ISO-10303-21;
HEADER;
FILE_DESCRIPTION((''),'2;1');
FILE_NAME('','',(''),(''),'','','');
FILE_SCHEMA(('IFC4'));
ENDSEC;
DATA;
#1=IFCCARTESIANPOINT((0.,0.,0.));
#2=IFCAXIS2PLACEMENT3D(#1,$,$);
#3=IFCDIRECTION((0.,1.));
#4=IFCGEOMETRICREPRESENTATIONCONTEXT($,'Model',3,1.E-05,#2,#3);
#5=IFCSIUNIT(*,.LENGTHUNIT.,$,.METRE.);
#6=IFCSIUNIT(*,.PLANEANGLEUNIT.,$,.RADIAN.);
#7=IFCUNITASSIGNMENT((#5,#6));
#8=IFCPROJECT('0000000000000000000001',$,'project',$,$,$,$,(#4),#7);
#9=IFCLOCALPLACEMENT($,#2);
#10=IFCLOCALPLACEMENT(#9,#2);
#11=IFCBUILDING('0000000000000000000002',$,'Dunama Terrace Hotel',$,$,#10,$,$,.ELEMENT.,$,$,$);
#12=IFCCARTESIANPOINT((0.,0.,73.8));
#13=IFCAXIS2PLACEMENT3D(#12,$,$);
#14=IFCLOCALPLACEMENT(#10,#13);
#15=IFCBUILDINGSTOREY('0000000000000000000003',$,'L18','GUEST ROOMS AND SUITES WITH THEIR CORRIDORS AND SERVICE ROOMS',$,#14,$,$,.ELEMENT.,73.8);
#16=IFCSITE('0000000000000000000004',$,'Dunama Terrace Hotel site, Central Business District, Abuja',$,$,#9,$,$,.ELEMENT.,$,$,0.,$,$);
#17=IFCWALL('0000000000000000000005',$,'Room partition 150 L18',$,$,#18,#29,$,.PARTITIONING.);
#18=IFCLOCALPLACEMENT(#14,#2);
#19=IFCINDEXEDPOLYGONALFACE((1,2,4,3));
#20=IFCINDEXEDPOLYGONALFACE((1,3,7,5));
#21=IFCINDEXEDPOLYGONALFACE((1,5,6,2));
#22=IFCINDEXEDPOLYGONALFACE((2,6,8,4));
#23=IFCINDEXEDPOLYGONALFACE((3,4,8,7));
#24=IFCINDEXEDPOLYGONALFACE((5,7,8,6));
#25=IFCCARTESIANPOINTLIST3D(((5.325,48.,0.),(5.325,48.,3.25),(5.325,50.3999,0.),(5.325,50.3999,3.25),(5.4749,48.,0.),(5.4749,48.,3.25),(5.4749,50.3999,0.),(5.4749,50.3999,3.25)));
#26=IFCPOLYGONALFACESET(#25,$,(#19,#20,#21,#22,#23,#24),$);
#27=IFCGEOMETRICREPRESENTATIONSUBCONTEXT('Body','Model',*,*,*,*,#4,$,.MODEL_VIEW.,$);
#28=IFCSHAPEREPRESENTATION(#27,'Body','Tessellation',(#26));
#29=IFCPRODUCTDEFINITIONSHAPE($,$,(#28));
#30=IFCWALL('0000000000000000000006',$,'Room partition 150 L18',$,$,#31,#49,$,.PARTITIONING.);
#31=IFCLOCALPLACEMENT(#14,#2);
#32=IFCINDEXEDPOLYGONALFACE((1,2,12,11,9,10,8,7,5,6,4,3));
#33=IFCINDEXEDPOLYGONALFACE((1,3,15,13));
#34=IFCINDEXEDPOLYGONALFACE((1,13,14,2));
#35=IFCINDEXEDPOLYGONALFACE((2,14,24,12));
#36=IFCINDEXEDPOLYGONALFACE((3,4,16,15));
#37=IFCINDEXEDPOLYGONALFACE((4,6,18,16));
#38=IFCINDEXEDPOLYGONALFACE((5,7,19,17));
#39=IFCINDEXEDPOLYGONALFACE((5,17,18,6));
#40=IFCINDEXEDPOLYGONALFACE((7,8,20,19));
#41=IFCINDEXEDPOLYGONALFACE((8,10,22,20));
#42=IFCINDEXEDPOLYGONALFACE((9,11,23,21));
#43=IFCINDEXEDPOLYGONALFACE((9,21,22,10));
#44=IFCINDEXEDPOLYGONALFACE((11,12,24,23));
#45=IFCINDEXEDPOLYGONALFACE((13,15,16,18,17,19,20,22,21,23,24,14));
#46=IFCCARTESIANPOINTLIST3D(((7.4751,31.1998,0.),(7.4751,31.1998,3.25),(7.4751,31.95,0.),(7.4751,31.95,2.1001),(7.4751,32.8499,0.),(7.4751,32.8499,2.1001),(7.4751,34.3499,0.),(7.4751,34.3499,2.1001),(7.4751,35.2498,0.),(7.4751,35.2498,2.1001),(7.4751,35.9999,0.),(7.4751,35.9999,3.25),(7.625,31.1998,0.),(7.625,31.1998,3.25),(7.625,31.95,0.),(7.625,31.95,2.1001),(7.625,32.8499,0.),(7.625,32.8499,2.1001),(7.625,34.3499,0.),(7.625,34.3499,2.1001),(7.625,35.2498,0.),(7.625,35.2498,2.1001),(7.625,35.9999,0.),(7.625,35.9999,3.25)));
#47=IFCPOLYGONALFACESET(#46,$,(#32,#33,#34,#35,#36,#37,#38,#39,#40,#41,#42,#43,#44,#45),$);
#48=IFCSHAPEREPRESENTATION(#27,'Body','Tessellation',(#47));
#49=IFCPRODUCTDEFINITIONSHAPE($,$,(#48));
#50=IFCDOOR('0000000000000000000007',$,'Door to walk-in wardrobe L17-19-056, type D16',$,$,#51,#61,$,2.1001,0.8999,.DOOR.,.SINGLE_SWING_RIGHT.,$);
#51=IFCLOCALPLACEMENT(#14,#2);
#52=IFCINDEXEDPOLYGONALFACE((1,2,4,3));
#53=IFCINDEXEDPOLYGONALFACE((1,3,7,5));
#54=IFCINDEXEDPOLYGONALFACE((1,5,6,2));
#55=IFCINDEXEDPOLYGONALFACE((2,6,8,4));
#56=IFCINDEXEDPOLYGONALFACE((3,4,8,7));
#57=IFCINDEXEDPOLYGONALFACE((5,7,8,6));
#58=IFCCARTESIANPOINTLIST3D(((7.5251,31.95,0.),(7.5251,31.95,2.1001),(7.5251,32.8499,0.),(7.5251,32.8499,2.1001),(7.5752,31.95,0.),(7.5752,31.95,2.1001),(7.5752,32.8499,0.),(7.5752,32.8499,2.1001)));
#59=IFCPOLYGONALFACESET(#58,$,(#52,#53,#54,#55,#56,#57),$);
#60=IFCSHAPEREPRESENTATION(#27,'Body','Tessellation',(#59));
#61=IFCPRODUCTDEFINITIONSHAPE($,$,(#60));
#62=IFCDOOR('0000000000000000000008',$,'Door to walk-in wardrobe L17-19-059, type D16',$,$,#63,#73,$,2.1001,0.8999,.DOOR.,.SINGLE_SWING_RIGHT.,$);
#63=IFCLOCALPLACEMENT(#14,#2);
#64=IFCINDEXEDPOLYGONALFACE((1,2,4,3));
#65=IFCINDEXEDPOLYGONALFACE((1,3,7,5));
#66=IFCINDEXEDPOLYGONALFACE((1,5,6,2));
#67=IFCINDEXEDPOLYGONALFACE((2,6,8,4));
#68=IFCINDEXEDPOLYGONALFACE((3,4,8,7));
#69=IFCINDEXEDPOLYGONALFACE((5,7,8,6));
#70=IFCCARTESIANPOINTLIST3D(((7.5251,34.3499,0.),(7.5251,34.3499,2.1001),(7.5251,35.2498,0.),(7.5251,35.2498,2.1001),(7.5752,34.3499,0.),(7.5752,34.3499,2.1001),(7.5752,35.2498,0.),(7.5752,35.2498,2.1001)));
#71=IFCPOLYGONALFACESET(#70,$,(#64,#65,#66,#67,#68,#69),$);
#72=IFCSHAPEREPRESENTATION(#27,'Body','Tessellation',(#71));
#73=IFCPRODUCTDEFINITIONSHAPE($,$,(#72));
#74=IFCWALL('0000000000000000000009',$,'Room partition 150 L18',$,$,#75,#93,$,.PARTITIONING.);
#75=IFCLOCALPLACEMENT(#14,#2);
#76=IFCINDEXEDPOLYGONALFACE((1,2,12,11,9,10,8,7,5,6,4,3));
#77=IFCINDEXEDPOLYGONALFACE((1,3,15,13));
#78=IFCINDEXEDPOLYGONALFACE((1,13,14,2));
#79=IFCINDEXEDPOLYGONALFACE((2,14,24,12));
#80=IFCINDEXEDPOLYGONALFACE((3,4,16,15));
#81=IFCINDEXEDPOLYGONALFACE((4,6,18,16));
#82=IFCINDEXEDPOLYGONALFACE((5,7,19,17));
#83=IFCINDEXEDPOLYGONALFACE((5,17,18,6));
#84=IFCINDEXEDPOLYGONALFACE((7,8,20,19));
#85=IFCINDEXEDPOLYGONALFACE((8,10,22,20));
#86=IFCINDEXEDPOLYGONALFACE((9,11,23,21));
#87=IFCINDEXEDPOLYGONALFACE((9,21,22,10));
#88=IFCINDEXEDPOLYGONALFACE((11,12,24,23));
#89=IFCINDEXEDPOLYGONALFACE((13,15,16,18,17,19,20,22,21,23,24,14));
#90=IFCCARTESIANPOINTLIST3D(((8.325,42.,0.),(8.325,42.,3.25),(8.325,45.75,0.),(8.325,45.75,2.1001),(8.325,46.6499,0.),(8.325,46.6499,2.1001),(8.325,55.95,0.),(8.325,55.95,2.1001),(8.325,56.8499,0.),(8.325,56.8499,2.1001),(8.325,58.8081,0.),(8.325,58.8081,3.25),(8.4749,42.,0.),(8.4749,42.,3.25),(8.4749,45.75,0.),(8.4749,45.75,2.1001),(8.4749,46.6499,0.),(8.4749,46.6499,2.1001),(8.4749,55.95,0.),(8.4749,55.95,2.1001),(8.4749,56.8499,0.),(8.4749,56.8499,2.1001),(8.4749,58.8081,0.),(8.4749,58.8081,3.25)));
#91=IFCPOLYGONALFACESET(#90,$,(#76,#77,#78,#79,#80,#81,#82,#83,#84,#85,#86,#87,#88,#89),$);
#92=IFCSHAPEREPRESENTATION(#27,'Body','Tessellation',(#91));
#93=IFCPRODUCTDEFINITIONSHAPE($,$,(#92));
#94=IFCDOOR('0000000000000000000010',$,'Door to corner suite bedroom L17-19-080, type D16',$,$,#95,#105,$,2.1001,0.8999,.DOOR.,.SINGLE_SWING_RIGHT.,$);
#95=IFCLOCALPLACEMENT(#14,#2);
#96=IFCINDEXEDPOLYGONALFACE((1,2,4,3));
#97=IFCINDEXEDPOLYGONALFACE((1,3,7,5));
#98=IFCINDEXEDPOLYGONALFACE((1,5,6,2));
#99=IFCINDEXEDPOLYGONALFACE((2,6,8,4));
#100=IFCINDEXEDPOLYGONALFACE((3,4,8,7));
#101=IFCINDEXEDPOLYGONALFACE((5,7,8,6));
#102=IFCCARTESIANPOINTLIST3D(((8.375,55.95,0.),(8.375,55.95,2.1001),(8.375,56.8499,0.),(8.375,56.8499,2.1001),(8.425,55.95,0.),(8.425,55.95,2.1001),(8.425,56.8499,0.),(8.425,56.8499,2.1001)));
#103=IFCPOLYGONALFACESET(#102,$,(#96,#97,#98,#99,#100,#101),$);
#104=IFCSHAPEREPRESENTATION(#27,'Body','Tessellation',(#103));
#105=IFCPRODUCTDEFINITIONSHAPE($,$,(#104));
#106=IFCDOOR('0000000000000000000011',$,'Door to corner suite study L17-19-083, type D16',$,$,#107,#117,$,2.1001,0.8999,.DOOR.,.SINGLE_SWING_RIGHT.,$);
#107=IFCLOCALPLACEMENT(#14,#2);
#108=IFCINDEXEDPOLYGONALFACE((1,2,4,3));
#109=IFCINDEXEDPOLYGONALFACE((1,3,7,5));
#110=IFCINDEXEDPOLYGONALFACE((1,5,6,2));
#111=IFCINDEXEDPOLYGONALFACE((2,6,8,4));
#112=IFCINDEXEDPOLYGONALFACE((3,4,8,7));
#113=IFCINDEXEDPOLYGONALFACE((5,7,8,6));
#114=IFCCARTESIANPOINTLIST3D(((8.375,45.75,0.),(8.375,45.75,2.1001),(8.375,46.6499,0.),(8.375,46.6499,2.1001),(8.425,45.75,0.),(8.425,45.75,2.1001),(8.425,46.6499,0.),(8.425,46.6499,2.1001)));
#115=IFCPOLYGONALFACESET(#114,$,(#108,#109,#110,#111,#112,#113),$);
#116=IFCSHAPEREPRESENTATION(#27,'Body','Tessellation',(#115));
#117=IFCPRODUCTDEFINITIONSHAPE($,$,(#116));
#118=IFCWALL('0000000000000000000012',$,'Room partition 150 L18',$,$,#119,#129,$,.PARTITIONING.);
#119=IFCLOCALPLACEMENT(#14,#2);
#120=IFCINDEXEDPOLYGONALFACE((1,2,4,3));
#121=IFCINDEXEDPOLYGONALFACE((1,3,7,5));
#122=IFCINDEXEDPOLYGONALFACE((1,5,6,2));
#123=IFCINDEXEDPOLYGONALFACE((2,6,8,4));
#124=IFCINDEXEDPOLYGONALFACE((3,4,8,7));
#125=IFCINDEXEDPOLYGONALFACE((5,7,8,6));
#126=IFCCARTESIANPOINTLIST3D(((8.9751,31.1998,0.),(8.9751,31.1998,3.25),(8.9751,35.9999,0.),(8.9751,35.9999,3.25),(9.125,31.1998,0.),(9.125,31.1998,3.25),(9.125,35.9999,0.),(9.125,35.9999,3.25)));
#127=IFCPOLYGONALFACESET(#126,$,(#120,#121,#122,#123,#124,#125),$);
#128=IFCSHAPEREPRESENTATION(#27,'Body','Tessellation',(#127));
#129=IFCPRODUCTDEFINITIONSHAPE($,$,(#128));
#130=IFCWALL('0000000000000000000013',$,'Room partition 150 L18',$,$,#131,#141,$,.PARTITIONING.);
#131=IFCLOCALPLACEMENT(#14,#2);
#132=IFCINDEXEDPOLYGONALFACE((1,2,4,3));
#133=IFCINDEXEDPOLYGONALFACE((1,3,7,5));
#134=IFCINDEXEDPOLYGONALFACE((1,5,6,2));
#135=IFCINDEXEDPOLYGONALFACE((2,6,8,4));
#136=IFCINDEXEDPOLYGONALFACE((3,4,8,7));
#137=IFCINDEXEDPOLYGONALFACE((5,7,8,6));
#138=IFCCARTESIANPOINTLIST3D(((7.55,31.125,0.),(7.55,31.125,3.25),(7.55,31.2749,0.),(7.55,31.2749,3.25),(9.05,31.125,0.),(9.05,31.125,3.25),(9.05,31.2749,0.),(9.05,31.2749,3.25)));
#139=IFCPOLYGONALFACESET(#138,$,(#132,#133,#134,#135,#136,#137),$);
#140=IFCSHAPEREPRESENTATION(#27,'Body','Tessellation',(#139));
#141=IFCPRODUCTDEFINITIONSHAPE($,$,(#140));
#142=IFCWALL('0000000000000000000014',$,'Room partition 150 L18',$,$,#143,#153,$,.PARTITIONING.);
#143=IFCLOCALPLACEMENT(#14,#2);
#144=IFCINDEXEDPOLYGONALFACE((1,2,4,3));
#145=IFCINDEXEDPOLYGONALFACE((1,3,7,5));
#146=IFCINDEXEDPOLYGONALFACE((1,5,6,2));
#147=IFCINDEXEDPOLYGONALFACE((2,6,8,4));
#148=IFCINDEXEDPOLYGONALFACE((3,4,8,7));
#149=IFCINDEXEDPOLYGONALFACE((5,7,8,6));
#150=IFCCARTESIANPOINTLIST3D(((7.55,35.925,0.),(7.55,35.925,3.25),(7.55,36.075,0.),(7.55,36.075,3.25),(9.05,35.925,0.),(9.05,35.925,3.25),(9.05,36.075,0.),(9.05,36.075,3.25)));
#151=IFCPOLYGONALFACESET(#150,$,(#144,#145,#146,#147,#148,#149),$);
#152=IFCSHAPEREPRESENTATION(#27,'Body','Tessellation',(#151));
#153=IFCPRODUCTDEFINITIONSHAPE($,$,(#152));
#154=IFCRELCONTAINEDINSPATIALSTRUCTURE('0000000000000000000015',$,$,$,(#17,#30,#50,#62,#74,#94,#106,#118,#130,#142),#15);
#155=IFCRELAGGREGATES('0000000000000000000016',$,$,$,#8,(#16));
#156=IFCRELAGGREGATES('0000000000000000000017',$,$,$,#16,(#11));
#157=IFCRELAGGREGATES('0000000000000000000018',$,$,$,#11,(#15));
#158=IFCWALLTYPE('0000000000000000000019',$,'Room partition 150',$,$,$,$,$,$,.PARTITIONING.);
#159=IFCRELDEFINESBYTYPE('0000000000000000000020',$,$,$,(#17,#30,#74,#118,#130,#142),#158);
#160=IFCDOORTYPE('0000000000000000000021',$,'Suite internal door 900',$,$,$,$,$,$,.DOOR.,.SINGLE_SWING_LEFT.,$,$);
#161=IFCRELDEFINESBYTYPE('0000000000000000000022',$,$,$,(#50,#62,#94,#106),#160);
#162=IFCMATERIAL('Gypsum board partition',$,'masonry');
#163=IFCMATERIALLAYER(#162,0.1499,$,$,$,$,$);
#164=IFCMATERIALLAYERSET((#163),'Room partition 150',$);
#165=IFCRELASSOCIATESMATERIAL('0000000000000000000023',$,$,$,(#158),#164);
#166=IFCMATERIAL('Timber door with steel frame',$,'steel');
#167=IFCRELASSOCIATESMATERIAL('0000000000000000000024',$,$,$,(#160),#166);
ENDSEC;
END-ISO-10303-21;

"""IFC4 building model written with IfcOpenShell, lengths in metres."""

from ifc_helpers import new_model, si_unit, direction, frame, frame_2d, origin, place, context, subcontext, project, spatial, rectangle, extrude, material, layer, layer_set, type_object, element, fill, save


model = new_model("IFC4")

# Units and contexts
model_context = context("Model", 3, precision=1e-05, world=origin(), true_north=direction((0.0, 1.0)))
body_context = subcontext(model_context, "Body", "Model", "MODEL_VIEW")
ifc_project = project(units=[si_unit("LENGTHUNIT", "METRE"), si_unit("PLANEANGLEUNIT", "RADIAN")], contexts=[model_context])

# Site, building, storey
site_placement = place(None, origin())
site = spatial("IfcSite", under=ifc_project, at=site_placement, Name="Dunama Terrace Hotel site, Central Business District, Abuja", CompositionType="ELEMENT", RefElevation=0.0)
building_placement = place(site_placement, origin())
building = spatial("IfcBuilding", under=site, at=building_placement, Name="Dunama Terrace Hotel", CompositionType="ELEMENT")
storey_placement = place(building_placement, frame((0.0, 0.0, 73.8)))
storey = spatial("IfcBuildingStorey", under=building, at=storey_placement, Name="L18", Description="GUEST ROOMS AND SUITES WITH THEIR CORRIDORS AND SERVICE ROOMS", CompositionType="ELEMENT", Elevation=73.8)

# Wall
ifc_material_1 = material(Name="Gypsum board partition", Category="masonry")
ifc_layer_1 = layer(ifc_material_1, 0.1499)
ifc_layer_set_1 = layer_set([ifc_layer_1], Name="Room partition 150")
wall_type_1 = type_object("IfcWallType", Name="Room partition 150", PredefinedType="PARTITIONING", material=ifc_layer_set_1)
wall_1_placement = place(storey_placement, frame((5.3999, 48.0, 0.0), z_axis=(0.0, 0.0, 1.0), x_axis=(0.0, 1.0, 0.0)))
element("IfcWall", 1, at=wall_1_placement, inside=storey, type_object=wall_type_1, Name="Room partition 150 L18", PredefinedType="PARTITIONING", context=body_context, shape_type="SweptSolid", body=[
    extrude(rectangle(XDim=2.3999, YDim=0.1499, at=frame_2d((1.2, 0.0))), origin(), (0.0, 0.0, 1.0), 3.25),
])

# Walls, openings, doors
wall_2_placement = place(storey_placement, frame((7.55, 31.2, 0.0), z_axis=(0.0, 0.0, 1.0), x_axis=(0.0, 1.0, 0.0)))
wall_2 = element("IfcWall", 2, at=wall_2_placement, inside=storey, type_object=wall_type_1, Name="Room partition 150 L18", PredefinedType="PARTITIONING", context=body_context, shape_type="SweptSolid", body=[
    extrude(rectangle(XDim=4.8, YDim=0.1499, at=frame_2d((2.3999, 0.0))), origin(), (0.0, 0.0, 1.0), 3.25),
])
opening_1_placement = place(wall_2_placement, frame((0.75, 0.0, 0.0)))
opening_1 = element("IfcOpeningElement", 3, at=opening_1_placement, cuts=wall_2, PredefinedType="OPENING", context=body_context, shape_type="SweptSolid", body=[
    extrude(rectangle(XDim=0.8999, YDim=2.1001, at=frame_2d((0.45, 1.05))), frame((0.0, 0.085, 0.0), z_axis=(0.0, -1.0, 0.0), x_axis=(1.0, 0.0, 0.0)), (0.0, 0.0, 1.0), 0.1699),
])
opening_2_placement = place(wall_2_placement, frame((3.1499, 0.0, 0.0)))
opening_2 = element("IfcOpeningElement", 4, at=opening_2_placement, cuts=wall_2, PredefinedType="OPENING", context=body_context, shape_type="SweptSolid", body=[
    extrude(rectangle(XDim=0.8999, YDim=2.1001, at=frame_2d((0.45, 1.05))), frame((0.0, 0.085, 0.0), z_axis=(0.0, -1.0, 0.0), x_axis=(1.0, 0.0, 0.0)), (0.0, 0.0, 1.0), 0.1699),
])
ifc_material_2 = material(Name="Timber door with steel frame", Category="steel")
door_type_1 = type_object("IfcDoorType", Name="Suite internal door 900", OperationType="SINGLE_SWING_LEFT", PredefinedType="DOOR", material=ifc_material_2)
door_1_placement = place(opening_1_placement, frame((0.8999, 0.0, 0.0), z_axis=(0.0, 0.0, 1.0), x_axis=(-1.0, 0.0, 0.0)))
door_1 = element("IfcDoor", 5, at=door_1_placement, inside=storey, type_object=door_type_1, Name="Door to walk-in wardrobe L17-19-056, type D16", OperationType="SINGLE_SWING_RIGHT", OverallHeight=2.1001, OverallWidth=0.8999, PredefinedType="DOOR", context=body_context, shape_type="SweptSolid", body=[
    extrude(rectangle(XDim=0.8999, YDim=2.1001, at=frame_2d((0.45, 1.05))), frame((0.0, 0.0251, 0.0), z_axis=(0.0, -1.0, 0.0), x_axis=(1.0, 0.0, 0.0)), (0.0, 0.0, 1.0), 0.05),
])
fill(opening_1, door_1)
door_2_placement = place(opening_2_placement, frame((0.8999, 0.0, 0.0), z_axis=(0.0, 0.0, 1.0), x_axis=(-1.0, 0.0, 0.0)))
door_2 = element("IfcDoor", 6, at=door_2_placement, inside=storey, type_object=door_type_1, Name="Door to walk-in wardrobe L17-19-059, type D16", OperationType="SINGLE_SWING_RIGHT", OverallHeight=2.1001, OverallWidth=0.8999, PredefinedType="DOOR", context=body_context, shape_type="SweptSolid", body=[
    extrude(rectangle(XDim=0.8999, YDim=2.1001, at=frame_2d((0.45, 1.05))), frame((0.0, 0.0251, 0.0), z_axis=(0.0, -1.0, 0.0), x_axis=(1.0, 0.0, 0.0)), (0.0, 0.0, 1.0), 0.05),
])
fill(opening_2, door_2)
wall_3_placement = place(storey_placement, frame((8.3999, 42.0, 0.0), z_axis=(0.0, 0.0, 1.0), x_axis=(0.0, 1.0, 0.0)))
wall_3 = element("IfcWall", 7, at=wall_3_placement, inside=storey, type_object=wall_type_1, Name="Room partition 150 L18", PredefinedType="PARTITIONING", context=body_context, shape_type="SweptSolid", body=[
    extrude(rectangle(XDim=16.8081, YDim=0.1499, at=frame_2d((8.4041, 0.0))), origin(), (0.0, 0.0, 1.0), 3.25),
])
opening_3_placement = place(wall_3_placement, frame((13.95, 0.0, 0.0)))
opening_3 = element("IfcOpeningElement", 8, at=opening_3_placement, cuts=wall_3, PredefinedType="OPENING", context=body_context, shape_type="SweptSolid", body=[
    extrude(rectangle(XDim=0.8999, YDim=2.1001, at=frame_2d((0.45, 1.05))), frame((0.0, 0.085, 0.0), z_axis=(0.0, -1.0, 0.0), x_axis=(1.0, 0.0, 0.0)), (0.0, 0.0, 1.0), 0.1699),
])
opening_4_placement = place(wall_3_placement, frame((3.75, 0.0, 0.0)))
opening_4 = element("IfcOpeningElement", 9, at=opening_4_placement, cuts=wall_3, PredefinedType="OPENING", context=body_context, shape_type="SweptSolid", body=[
    extrude(rectangle(XDim=0.8999, YDim=2.1001, at=frame_2d((0.45, 1.05))), frame((0.0, 0.085, 0.0), z_axis=(0.0, -1.0, 0.0), x_axis=(1.0, 0.0, 0.0)), (0.0, 0.0, 1.0), 0.1699),
])
door_3_placement = place(opening_3_placement, origin())
door_3 = element("IfcDoor", 10, at=door_3_placement, inside=storey, type_object=door_type_1, Name="Door to corner suite bedroom L17-19-080, type D16", OperationType="SINGLE_SWING_RIGHT", OverallHeight=2.1001, OverallWidth=0.8999, PredefinedType="DOOR", context=body_context, shape_type="SweptSolid", body=[
    extrude(rectangle(XDim=0.8999, YDim=2.1001, at=frame_2d((0.45, 1.05))), frame((0.0, 0.0249, 0.0), z_axis=(0.0, -1.0, 0.0), x_axis=(1.0, 0.0, 0.0)), (0.0, 0.0, 1.0), 0.05),
])
fill(opening_3, door_3)
door_4_placement = place(opening_4_placement, origin())
door_4 = element("IfcDoor", 11, at=door_4_placement, inside=storey, type_object=door_type_1, Name="Door to corner suite study L17-19-083, type D16", OperationType="SINGLE_SWING_RIGHT", OverallHeight=2.1001, OverallWidth=0.8999, PredefinedType="DOOR", context=body_context, shape_type="SweptSolid", body=[
    extrude(rectangle(XDim=0.8999, YDim=2.1001, at=frame_2d((0.45, 1.05))), frame((0.0, 0.0249, 0.0), z_axis=(0.0, -1.0, 0.0), x_axis=(1.0, 0.0, 0.0)), (0.0, 0.0, 1.0), 0.05),
])
fill(opening_4, door_4)

# Walls
wall_4_placement = place(storey_placement, frame((9.05, 31.2, 0.0), z_axis=(0.0, 0.0, 1.0), x_axis=(0.0, 1.0, 0.0)))
element("IfcWall", 12, at=wall_4_placement, inside=storey, type_object=wall_type_1, Name="Room partition 150 L18", PredefinedType="PARTITIONING", context=body_context, shape_type="SweptSolid", body=[
    extrude(rectangle(XDim=4.8, YDim=0.1499, at=frame_2d((2.3999, 0.0))), origin(), (0.0, 0.0, 1.0), 3.25),
])
for number, where, z_axis, x_axis, name in (
    (13, (7.55, 31.2, 0.0), (0.0, 0.0, 1.0), (1.0, 0.0, 0.0), "Room partition 150 L18"),
    (14, (7.55, 36.0, 0.0), (0.0, 0.0, 1.0), (1.0, 0.0, 0.0), "Room partition 150 L18"),
):
    element("IfcWall", number, at=place(storey_placement, frame(where, z_axis=z_axis, x_axis=x_axis)), inside=storey, type_object=wall_type_1, Name=name, PredefinedType="PARTITIONING", context=body_context, shape_type="SweptSolid", body=[
        extrude(rectangle(XDim=1.5, YDim=0.1499, at=frame_2d((0.75, 0.0))), origin(), (0.0, 0.0, 1.0), 3.25),
    ])

save(model, "model.ifc")
